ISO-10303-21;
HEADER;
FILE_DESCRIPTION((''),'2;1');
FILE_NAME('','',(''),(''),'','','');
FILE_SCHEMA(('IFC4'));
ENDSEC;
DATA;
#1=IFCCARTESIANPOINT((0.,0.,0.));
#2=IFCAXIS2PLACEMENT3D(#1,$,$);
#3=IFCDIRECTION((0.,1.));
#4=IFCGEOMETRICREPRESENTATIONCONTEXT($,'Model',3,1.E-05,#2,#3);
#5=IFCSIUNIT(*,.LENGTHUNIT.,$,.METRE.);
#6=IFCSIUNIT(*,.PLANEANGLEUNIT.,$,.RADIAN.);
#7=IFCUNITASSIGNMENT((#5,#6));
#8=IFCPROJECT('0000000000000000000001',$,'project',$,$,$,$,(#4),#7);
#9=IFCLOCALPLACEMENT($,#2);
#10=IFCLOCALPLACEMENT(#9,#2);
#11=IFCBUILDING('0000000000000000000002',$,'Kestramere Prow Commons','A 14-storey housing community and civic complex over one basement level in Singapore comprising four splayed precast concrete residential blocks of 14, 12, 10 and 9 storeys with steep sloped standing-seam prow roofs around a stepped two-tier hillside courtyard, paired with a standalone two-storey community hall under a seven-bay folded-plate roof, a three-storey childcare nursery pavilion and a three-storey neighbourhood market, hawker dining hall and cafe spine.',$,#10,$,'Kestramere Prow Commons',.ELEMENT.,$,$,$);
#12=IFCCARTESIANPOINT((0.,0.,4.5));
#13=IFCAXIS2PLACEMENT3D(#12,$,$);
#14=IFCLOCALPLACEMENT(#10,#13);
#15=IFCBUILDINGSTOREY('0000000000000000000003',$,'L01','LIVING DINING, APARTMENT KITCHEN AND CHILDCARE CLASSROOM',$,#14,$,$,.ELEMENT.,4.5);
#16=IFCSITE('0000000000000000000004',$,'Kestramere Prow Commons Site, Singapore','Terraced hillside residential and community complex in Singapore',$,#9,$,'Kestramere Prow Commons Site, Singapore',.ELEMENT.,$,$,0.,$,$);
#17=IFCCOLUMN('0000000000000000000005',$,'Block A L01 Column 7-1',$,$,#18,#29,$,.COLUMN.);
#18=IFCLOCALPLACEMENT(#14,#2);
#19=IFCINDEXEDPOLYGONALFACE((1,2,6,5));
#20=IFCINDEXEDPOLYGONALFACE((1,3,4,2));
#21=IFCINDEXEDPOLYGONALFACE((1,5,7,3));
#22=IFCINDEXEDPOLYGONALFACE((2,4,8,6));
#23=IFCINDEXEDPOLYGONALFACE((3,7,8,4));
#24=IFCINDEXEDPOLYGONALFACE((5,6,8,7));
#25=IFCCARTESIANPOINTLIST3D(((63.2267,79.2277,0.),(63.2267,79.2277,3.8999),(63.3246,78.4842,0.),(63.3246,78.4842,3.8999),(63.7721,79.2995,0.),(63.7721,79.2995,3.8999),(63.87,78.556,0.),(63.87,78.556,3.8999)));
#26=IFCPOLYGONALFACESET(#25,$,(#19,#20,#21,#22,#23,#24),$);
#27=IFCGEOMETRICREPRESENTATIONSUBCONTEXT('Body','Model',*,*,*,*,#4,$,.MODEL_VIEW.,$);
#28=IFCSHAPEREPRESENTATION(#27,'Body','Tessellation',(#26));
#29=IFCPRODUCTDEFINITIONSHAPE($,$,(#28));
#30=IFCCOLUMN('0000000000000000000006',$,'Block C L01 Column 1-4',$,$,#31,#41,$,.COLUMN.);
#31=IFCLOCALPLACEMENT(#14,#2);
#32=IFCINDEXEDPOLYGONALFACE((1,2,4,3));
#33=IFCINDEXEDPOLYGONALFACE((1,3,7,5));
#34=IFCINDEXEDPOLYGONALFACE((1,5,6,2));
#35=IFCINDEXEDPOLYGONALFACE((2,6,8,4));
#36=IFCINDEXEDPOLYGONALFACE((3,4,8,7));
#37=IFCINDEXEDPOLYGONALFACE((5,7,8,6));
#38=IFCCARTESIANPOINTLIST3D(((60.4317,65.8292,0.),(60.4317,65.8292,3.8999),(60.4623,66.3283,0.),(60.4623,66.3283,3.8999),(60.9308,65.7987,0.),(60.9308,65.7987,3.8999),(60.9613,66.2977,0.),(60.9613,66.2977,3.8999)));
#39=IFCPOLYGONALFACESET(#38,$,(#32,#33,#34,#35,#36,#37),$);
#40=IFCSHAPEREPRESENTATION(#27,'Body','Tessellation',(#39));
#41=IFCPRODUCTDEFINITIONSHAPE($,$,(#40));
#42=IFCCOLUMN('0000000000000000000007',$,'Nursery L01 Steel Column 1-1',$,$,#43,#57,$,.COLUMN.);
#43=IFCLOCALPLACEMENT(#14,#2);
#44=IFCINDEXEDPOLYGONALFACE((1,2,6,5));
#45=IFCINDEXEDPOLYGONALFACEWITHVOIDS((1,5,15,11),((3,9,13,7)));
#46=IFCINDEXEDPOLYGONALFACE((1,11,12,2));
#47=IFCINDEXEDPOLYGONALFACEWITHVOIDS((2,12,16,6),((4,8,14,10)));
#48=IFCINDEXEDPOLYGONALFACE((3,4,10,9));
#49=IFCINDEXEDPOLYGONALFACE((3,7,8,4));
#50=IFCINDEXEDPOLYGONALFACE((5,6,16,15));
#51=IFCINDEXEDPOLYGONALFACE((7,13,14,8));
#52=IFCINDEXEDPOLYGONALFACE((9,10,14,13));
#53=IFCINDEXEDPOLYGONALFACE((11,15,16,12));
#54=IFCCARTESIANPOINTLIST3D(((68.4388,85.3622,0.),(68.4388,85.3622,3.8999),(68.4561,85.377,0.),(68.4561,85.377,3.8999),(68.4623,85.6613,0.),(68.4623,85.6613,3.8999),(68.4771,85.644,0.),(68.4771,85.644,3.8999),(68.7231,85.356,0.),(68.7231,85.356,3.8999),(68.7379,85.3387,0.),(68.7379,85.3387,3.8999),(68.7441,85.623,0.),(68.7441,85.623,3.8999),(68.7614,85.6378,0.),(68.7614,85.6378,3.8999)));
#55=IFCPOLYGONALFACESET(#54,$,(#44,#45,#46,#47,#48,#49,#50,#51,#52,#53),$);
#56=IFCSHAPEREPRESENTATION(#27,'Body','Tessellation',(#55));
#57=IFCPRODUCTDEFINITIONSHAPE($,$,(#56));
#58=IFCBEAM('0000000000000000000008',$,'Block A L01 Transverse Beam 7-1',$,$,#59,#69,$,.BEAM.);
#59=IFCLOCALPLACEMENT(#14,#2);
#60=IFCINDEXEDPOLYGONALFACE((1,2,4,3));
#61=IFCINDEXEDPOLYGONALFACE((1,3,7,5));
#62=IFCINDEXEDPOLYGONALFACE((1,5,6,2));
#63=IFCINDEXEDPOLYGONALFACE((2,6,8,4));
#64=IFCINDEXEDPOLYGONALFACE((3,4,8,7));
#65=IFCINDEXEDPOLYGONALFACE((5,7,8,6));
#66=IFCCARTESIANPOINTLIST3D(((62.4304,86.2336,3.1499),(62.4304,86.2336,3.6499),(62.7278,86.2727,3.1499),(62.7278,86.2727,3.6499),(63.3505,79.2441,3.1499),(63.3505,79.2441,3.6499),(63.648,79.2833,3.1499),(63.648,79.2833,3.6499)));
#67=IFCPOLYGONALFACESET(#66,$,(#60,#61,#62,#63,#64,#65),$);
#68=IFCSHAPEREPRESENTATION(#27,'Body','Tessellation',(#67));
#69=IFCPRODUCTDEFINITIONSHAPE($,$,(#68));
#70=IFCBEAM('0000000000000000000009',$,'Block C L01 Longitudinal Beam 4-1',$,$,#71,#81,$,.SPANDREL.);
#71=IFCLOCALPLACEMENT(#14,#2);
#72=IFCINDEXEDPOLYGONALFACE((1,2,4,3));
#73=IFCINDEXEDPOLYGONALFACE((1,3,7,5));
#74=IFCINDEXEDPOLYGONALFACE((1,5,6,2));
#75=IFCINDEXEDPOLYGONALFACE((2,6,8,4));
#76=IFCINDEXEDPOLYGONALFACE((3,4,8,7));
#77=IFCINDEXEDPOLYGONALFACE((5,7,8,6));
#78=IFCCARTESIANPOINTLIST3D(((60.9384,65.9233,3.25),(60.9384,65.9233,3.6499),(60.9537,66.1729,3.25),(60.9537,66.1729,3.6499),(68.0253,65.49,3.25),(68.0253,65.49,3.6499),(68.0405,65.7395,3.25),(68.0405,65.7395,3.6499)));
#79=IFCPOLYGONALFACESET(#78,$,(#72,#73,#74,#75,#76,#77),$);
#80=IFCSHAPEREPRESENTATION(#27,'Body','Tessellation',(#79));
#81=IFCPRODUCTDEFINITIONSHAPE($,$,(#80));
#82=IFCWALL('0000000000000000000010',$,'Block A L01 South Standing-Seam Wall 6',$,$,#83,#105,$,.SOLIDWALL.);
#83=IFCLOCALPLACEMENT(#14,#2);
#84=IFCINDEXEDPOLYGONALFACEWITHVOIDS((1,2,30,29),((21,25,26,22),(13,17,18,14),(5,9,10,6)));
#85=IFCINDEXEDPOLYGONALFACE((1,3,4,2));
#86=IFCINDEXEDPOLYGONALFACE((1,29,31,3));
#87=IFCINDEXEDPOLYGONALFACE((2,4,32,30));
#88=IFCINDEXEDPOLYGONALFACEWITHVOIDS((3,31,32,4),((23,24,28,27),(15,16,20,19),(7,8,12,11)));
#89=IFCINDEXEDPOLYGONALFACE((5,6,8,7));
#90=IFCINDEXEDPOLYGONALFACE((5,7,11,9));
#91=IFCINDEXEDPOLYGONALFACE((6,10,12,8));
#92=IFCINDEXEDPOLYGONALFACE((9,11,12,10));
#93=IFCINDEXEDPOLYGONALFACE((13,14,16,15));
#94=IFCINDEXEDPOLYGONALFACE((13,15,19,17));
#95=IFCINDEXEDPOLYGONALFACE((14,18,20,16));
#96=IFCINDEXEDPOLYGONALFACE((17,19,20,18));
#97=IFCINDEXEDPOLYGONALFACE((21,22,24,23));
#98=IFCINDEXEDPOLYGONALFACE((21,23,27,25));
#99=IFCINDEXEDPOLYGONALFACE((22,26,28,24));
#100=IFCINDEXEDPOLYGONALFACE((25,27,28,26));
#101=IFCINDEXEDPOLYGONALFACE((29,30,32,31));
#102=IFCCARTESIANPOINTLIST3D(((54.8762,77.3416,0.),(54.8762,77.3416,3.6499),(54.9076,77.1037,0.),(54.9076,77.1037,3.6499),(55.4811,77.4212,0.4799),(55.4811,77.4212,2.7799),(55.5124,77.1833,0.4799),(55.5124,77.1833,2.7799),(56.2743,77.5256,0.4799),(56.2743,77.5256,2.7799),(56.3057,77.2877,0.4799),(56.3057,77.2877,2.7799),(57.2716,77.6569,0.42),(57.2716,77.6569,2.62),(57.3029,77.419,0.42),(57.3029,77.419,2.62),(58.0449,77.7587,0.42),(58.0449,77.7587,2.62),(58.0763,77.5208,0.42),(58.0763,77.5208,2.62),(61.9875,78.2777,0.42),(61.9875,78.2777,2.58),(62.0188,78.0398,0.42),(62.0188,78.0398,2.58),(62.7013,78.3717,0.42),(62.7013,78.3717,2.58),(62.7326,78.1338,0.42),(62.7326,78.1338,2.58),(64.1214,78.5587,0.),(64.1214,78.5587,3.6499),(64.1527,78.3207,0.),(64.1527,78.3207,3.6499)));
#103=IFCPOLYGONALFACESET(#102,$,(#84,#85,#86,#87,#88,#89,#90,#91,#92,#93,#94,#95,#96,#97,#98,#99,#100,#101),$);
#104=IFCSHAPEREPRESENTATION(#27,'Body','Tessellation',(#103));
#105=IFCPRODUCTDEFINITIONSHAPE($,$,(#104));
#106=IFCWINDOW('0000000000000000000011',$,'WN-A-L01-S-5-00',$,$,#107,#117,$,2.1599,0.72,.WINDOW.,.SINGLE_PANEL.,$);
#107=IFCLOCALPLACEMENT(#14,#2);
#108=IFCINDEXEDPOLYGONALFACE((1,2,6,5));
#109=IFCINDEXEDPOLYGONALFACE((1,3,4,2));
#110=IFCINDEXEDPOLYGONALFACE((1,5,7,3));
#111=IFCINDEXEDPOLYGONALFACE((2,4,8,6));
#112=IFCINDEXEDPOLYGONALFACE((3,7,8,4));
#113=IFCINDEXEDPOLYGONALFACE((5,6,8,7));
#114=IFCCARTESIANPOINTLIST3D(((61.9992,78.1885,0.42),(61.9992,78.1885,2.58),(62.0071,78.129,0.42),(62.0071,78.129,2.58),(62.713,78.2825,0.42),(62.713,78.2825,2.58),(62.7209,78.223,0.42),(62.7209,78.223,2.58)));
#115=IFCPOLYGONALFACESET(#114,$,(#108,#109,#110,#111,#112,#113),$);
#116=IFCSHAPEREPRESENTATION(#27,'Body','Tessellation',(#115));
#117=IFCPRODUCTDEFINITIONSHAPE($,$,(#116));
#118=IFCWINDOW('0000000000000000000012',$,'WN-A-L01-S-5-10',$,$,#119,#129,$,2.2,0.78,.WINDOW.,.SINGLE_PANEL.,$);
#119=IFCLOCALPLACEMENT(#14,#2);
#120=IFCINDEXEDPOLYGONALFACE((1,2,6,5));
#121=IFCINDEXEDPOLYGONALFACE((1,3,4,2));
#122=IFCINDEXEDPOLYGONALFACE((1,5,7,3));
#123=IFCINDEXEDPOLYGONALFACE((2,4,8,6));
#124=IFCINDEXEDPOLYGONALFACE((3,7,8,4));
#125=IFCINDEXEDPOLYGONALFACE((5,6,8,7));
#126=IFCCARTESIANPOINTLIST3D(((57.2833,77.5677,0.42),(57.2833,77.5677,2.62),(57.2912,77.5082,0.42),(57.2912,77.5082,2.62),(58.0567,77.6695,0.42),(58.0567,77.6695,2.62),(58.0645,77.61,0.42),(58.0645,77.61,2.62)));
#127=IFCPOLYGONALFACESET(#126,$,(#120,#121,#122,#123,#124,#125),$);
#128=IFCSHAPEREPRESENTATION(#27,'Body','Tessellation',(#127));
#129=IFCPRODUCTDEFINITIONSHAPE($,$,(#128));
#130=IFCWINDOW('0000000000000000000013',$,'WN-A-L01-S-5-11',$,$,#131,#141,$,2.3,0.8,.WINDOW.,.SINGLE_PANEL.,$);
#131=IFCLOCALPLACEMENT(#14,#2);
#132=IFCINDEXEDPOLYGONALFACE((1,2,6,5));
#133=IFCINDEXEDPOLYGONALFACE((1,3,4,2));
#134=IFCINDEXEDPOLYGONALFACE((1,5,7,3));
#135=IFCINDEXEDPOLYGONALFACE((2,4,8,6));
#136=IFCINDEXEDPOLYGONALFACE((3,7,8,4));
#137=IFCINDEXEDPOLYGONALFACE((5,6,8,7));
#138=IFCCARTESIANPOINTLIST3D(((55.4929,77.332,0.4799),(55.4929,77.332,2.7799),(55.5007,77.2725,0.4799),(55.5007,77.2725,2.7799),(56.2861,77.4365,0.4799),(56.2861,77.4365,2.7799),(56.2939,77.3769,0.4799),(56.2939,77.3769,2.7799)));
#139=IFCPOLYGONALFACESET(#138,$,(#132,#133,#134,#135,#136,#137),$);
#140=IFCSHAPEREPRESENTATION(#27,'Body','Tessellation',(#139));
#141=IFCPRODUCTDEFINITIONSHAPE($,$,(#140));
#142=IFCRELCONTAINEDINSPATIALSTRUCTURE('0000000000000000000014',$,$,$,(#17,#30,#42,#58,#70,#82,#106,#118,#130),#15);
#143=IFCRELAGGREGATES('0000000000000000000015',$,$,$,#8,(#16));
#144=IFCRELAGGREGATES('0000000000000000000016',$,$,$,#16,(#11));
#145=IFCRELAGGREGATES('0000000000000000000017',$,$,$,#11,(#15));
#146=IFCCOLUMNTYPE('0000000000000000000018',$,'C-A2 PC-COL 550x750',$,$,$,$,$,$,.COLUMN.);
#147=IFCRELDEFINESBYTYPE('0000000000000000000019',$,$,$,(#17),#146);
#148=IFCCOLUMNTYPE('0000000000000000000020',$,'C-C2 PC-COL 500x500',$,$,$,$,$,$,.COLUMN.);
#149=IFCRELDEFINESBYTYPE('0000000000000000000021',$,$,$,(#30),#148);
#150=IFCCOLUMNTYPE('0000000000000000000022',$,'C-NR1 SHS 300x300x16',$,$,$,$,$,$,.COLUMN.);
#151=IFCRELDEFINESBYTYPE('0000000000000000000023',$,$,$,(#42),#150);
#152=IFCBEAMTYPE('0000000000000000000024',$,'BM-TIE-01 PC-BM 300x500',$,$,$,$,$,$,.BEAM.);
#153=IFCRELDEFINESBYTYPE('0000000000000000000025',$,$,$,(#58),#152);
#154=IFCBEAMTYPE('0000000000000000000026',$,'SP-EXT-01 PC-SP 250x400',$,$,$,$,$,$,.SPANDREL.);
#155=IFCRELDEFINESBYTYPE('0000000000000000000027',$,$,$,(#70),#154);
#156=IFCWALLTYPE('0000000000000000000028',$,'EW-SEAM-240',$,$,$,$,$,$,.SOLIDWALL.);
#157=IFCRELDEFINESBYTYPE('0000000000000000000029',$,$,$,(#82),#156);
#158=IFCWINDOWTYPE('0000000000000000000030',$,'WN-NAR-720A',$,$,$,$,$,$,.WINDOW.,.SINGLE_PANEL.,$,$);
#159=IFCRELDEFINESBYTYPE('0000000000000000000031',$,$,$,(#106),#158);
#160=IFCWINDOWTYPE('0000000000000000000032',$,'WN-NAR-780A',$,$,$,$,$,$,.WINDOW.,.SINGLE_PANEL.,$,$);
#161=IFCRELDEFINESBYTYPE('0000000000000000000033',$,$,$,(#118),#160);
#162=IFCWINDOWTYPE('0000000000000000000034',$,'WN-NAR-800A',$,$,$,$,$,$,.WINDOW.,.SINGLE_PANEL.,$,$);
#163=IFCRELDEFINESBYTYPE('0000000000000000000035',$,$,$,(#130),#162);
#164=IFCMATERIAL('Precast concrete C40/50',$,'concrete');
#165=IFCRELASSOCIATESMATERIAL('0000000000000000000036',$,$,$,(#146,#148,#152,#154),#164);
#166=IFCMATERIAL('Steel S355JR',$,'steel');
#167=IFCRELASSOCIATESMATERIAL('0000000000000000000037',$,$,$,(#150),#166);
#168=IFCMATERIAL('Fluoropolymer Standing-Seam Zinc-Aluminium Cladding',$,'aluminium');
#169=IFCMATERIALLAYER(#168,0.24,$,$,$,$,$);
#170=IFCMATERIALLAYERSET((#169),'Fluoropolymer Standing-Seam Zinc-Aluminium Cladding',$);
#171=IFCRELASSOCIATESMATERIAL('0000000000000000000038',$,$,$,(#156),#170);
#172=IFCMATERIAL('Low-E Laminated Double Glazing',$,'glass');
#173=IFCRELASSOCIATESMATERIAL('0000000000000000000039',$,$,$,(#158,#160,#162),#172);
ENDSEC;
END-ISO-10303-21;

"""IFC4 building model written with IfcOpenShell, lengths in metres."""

from ifc_helpers import new_model, si_unit, direction, frame, frame_2d, origin, origin_2d, place, context, subcontext, project, spatial, rectangle, hollow_rectangle, extrude, material, layer, layer_set, material_profile, profile_set, type_object, element, fill, save


model = new_model("IFC4")

# Units and contexts
model_context = context("Model", 3, precision=1e-05, world=origin(), true_north=direction((0.0, 1.0)))
body_context = subcontext(model_context, "Body", "Model", "MODEL_VIEW")
ifc_project = project(units=[si_unit("LENGTHUNIT", "METRE"), si_unit("PLANEANGLEUNIT", "RADIAN")], contexts=[model_context])

# Site, building, storey
site_placement = place(None, origin())
site = spatial("IfcSite", under=ifc_project, at=site_placement, Name="Kestramere Prow Commons Site, Singapore", Description="Terraced hillside residential and community complex in Singapore", LongName="Kestramere Prow Commons Site, Singapore", CompositionType="ELEMENT", RefElevation=0.0)
building_placement = place(site_placement, origin())
building = spatial("IfcBuilding", under=site, at=building_placement, Name="Kestramere Prow Commons", Description="A 14-storey housing community and civic complex over one basement level in Singapore comprising four splayed precast concrete residential blocks of 14, 12, 10 and 9 storeys with steep sloped standing-seam prow roofs around a stepped two-tier hillside courtyard, paired with a standalone two-storey community hall under a seven-bay folded-plate roof, a three-storey childcare nursery pavilion and a three-storey neighbourhood market, hawker dining hall and cafe spine.", LongName="Kestramere Prow Commons", CompositionType="ELEMENT")
storey_placement = place(building_placement, frame((0.0, 0.0, 4.5)))
storey = spatial("IfcBuildingStorey", under=building, at=storey_placement, Name="L01", Description="LIVING DINING, APARTMENT KITCHEN AND CHILDCARE CLASSROOM", CompositionType="ELEMENT", Elevation=4.5)

# Columns
ifc_material_1 = material(Name="Precast concrete C40/50", Category="concrete")
ifc_material_profile_1 = material_profile(ifc_material_1, rectangle(XDim=0.55, YDim=0.75, at=origin_2d()), Name="PC-COL 550x750")
ifc_profile_set_1 = profile_set([ifc_material_profile_1], Name="Precast concrete C40/50")
column_type_1 = type_object("IfcColumnType", Name="C-A2 PC-COL 550x750", PredefinedType="COLUMN", material=ifc_profile_set_1)
column_1_placement = place(storey_placement, frame((63.5483, 78.8918, 0.0), z_axis=(0.0, 0.0, 1.0), x_axis=(0.991445, 0.130526, 0.0)))
element("IfcColumn", 1, at=column_1_placement, inside=storey, type_object=column_type_1, Name="Block A L01 Column 7-1", PredefinedType="COLUMN", context=body_context, shape_type="SweptSolid", body=[
    extrude(rectangle(XDim=0.55, YDim=0.75, at=origin_2d()), origin(), (0.0, 0.0, 1.0), 3.8999),
])
ifc_material_profile_2 = material_profile(ifc_material_1, rectangle(XDim=0.5, YDim=0.5, at=origin_2d()), Name="PC-COL 500x500")
ifc_profile_set_2 = profile_set([ifc_material_profile_2], Name="Precast concrete C40/50")
column_type_2 = type_object("IfcColumnType", Name="C-C2 PC-COL 500x500", PredefinedType="COLUMN", material=ifc_profile_set_2)
column_2_placement = place(storey_placement, frame((60.6965, 66.0635, 0.0), z_axis=(0.0, 0.0, 1.0), x_axis=(0.998135, -0.061049, 0.0)))
element("IfcColumn", 2, at=column_2_placement, inside=storey, type_object=column_type_2, Name="Block C L01 Column 1-4", PredefinedType="COLUMN", context=body_context, shape_type="SweptSolid", body=[
    extrude(rectangle(XDim=0.5, YDim=0.5, at=origin_2d()), origin(), (0.0, 0.0, 1.0), 3.8999),
])
ifc_material_2 = material(Name="Steel S355JR", Category="steel")
ifc_material_profile_3 = material_profile(ifc_material_2, hollow_rectangle(XDim=0.3, YDim=0.3, WallThickness=0.0161, at=origin_2d()), Name="SHS 300x300x16")
ifc_profile_set_3 = profile_set([ifc_material_profile_3], Name="Steel S355JR")
column_type_3 = type_object("IfcColumnType", Name="C-NR1 SHS 300x300x16", PredefinedType="COLUMN", material=ifc_profile_set_3)
column_3_placement = place(storey_placement, frame((68.6001, 85.5, 0.0), z_axis=(0.0, 0.0, 1.0), x_axis=(0.996917, -0.078459, 0.0)))
element("IfcColumn", 3, at=column_3_placement, inside=storey, type_object=column_type_3, Name="Nursery L01 Steel Column 1-1", PredefinedType="COLUMN", context=body_context, shape_type="SweptSolid", body=[
    extrude(hollow_rectangle(XDim=0.3, YDim=0.3, WallThickness=0.0161, at=origin_2d()), origin(), (0.0, 0.0, 1.0), 3.8999),
])

# Beams
ifc_material_profile_4 = material_profile(ifc_material_1, rectangle(XDim=0.3, YDim=0.5, at=origin_2d()), Name="PC-BM 300x500")
ifc_profile_set_4 = profile_set([ifc_material_profile_4], Name="Precast concrete C40/50")
beam_type_1 = type_object("IfcBeamType", Name="BM-TIE-01 PC-BM 300x500", PredefinedType="BEAM", material=ifc_profile_set_4)
beam_1_placement = place(storey_placement, frame((63.4993, 79.2637, 3.3999), z_axis=(-0.130523, 0.991445, 0.0), x_axis=(-0.991445, -0.130523, 0.0)))
element("IfcBeam", 4, at=beam_1_placement, inside=storey, type_object=beam_type_1, Name="Block A L01 Transverse Beam 7-1", PredefinedType="BEAM", context=body_context, shape_type="SweptSolid", body=[
    extrude(rectangle(XDim=0.3, YDim=0.5, at=origin_2d()), origin(), (0.0, 0.0, 1.0), 7.0498),
])
ifc_material_profile_5 = material_profile(ifc_material_1, rectangle(XDim=0.25, YDim=0.3999, at=origin_2d()), Name="PC-SP 250x400")
ifc_profile_set_5 = profile_set([ifc_material_profile_5], Name="Precast concrete C40/50")
beam_type_2 = type_object("IfcBeamType", Name="SP-EXT-01 PC-SP 250x400", PredefinedType="SPANDREL", material=ifc_profile_set_5)
beam_2_placement = place(storey_placement, frame((60.946, 66.0481, 3.45), z_axis=(0.998136, -0.061034, 0.0), x_axis=(0.061034, 0.998136, 0.0)))
element("IfcBeam", 5, at=beam_2_placement, inside=storey, type_object=beam_type_2, Name="Block C L01 Longitudinal Beam 4-1", PredefinedType="SPANDREL", context=body_context, shape_type="SweptSolid", body=[
    extrude(rectangle(XDim=0.25, YDim=0.3999, at=origin_2d()), origin(), (0.0, 0.0, 1.0), 7.1001),
])

# Wall, openings, windows
ifc_material_3 = material(Name="Fluoropolymer Standing-Seam Zinc-Aluminium Cladding", Category="aluminium")
ifc_layer_1 = layer(ifc_material_3, 0.24)
ifc_layer_set_1 = layer_set([ifc_layer_1], Name="Fluoropolymer Standing-Seam Zinc-Aluminium Cladding")
wall_type_1 = type_object("IfcWallType", Name="EW-SEAM-240", PredefinedType="SOLIDWALL", material=ifc_layer_set_1)
wall_1_placement = place(storey_placement, frame((64.1372, 78.4397, 0.0), z_axis=(0.0, 0.0, 1.0), x_axis=(-0.991446, -0.130515, 0.0)))
wall_1 = element("IfcWall", 6, at=wall_1_placement, inside=storey, type_object=wall_type_1, Name="Block A L01 South Standing-Seam Wall 6", PredefinedType="SOLIDWALL", context=body_context, shape_type="SweptSolid", body=[
    extrude(rectangle(XDim=9.325, YDim=0.24, at=frame_2d((4.6626, 0.0))), origin(), (0.0, 0.0, 1.0), 3.6499),
])
opening_1_placement = place(wall_1_placement, frame((1.4326, 0.0, 0.4199)))
opening_1 = element("IfcOpeningElement", 7, at=opening_1_placement, cuts=wall_1, PredefinedType="OPENING", context=body_context, shape_type="SweptSolid", body=[
    extrude(rectangle(XDim=0.72, YDim=2.1599, at=frame_2d((0.3599, 1.0801))), frame((0.0, 0.135, 0.0), z_axis=(0.0, -1.0, 0.0), x_axis=(1.0, 0.0, 0.0)), (0.0, 0.0, 1.0), 0.27),
])
opening_2_placement = place(wall_1_placement, frame((6.1289, 0.0, 0.4199)))
opening_2 = element("IfcOpeningElement", 8, at=opening_2_placement, cuts=wall_1, PredefinedType="OPENING", context=body_context, shape_type="SweptSolid", body=[
    extrude(rectangle(XDim=0.78, YDim=2.2, at=frame_2d((0.3901, 1.1001))), frame((0.0, 0.135, 0.0), z_axis=(0.0, -1.0, 0.0), x_axis=(1.0, 0.0, 0.0)), (0.0, 0.0, 1.0), 0.27),
])
opening_3_placement = place(wall_1_placement, frame((7.915, 0.0, 0.48)))
opening_3 = element("IfcOpeningElement", 9, at=opening_3_placement, cuts=wall_1, PredefinedType="OPENING", context=body_context, shape_type="SweptSolid", body=[
    extrude(rectangle(XDim=0.8, YDim=2.3, at=frame_2d((0.3999, 1.1499))), frame((0.0, 0.135, 0.0), z_axis=(0.0, -1.0, 0.0), x_axis=(1.0, 0.0, 0.0)), (0.0, 0.0, 1.0), 0.27),
])
ifc_material_4 = material(Name="Low-E Laminated Double Glazing", Category="glass")
window_type_1 = type_object("IfcWindowType", Name="WN-NAR-720A", PartitioningType="SINGLE_PANEL", PredefinedType="WINDOW", material=ifc_material_4)
window_1_placement = place(opening_1_placement, origin())
window_1 = element("IfcWindow", 10, at=window_1_placement, inside=storey, type_object=window_type_1, Name="WN-A-L01-S-5-00", OverallHeight=2.1599, OverallWidth=0.72, PartitioningType="SINGLE_PANEL", PredefinedType="WINDOW", context=body_context, shape_type="SweptSolid", body=[
    extrude(rectangle(XDim=0.72, YDim=2.1599, at=frame_2d((0.3599, 1.0801))), frame((0.0, 0.03, 0.0), z_axis=(0.0, -1.0, 0.0), x_axis=(1.0, 0.0, 0.0)), (0.0, 0.0, 1.0), 0.0601),
])
fill(opening_1, window_1)
window_type_2 = type_object("IfcWindowType", Name="WN-NAR-780A", PartitioningType="SINGLE_PANEL", PredefinedType="WINDOW", material=ifc_material_4)
window_2_placement = place(opening_2_placement, origin())
window_2 = element("IfcWindow", 11, at=window_2_placement, inside=storey, type_object=window_type_2, Name="WN-A-L01-S-5-10", OverallHeight=2.2, OverallWidth=0.78, PartitioningType="SINGLE_PANEL", PredefinedType="WINDOW", context=body_context, shape_type="SweptSolid", body=[
    extrude(rectangle(XDim=0.78, YDim=2.2, at=frame_2d((0.3901, 1.1001))), frame((0.0, 0.03, 0.0), z_axis=(0.0, -1.0, 0.0), x_axis=(1.0, 0.0, 0.0)), (0.0, 0.0, 1.0), 0.0601),
])
fill(opening_2, window_2)
window_type_3 = type_object("IfcWindowType", Name="WN-NAR-800A", PartitioningType="SINGLE_PANEL", PredefinedType="WINDOW", material=ifc_material_4)
window_3_placement = place(opening_3_placement, origin())
window_3 = element("IfcWindow", 12, at=window_3_placement, inside=storey, type_object=window_type_3, Name="WN-A-L01-S-5-11", OverallHeight=2.3, OverallWidth=0.8, PartitioningType="SINGLE_PANEL", PredefinedType="WINDOW", context=body_context, shape_type="SweptSolid", body=[
    extrude(rectangle(XDim=0.8, YDim=2.3, at=frame_2d((0.3999, 1.1499))), frame((0.0, 0.03, 0.0), z_axis=(0.0, -1.0, 0.0), x_axis=(1.0, 0.0, 0.0)), (0.0, 0.0, 1.0), 0.0601),
])
fill(opening_3, window_3)

save(model, "model.ifc")
